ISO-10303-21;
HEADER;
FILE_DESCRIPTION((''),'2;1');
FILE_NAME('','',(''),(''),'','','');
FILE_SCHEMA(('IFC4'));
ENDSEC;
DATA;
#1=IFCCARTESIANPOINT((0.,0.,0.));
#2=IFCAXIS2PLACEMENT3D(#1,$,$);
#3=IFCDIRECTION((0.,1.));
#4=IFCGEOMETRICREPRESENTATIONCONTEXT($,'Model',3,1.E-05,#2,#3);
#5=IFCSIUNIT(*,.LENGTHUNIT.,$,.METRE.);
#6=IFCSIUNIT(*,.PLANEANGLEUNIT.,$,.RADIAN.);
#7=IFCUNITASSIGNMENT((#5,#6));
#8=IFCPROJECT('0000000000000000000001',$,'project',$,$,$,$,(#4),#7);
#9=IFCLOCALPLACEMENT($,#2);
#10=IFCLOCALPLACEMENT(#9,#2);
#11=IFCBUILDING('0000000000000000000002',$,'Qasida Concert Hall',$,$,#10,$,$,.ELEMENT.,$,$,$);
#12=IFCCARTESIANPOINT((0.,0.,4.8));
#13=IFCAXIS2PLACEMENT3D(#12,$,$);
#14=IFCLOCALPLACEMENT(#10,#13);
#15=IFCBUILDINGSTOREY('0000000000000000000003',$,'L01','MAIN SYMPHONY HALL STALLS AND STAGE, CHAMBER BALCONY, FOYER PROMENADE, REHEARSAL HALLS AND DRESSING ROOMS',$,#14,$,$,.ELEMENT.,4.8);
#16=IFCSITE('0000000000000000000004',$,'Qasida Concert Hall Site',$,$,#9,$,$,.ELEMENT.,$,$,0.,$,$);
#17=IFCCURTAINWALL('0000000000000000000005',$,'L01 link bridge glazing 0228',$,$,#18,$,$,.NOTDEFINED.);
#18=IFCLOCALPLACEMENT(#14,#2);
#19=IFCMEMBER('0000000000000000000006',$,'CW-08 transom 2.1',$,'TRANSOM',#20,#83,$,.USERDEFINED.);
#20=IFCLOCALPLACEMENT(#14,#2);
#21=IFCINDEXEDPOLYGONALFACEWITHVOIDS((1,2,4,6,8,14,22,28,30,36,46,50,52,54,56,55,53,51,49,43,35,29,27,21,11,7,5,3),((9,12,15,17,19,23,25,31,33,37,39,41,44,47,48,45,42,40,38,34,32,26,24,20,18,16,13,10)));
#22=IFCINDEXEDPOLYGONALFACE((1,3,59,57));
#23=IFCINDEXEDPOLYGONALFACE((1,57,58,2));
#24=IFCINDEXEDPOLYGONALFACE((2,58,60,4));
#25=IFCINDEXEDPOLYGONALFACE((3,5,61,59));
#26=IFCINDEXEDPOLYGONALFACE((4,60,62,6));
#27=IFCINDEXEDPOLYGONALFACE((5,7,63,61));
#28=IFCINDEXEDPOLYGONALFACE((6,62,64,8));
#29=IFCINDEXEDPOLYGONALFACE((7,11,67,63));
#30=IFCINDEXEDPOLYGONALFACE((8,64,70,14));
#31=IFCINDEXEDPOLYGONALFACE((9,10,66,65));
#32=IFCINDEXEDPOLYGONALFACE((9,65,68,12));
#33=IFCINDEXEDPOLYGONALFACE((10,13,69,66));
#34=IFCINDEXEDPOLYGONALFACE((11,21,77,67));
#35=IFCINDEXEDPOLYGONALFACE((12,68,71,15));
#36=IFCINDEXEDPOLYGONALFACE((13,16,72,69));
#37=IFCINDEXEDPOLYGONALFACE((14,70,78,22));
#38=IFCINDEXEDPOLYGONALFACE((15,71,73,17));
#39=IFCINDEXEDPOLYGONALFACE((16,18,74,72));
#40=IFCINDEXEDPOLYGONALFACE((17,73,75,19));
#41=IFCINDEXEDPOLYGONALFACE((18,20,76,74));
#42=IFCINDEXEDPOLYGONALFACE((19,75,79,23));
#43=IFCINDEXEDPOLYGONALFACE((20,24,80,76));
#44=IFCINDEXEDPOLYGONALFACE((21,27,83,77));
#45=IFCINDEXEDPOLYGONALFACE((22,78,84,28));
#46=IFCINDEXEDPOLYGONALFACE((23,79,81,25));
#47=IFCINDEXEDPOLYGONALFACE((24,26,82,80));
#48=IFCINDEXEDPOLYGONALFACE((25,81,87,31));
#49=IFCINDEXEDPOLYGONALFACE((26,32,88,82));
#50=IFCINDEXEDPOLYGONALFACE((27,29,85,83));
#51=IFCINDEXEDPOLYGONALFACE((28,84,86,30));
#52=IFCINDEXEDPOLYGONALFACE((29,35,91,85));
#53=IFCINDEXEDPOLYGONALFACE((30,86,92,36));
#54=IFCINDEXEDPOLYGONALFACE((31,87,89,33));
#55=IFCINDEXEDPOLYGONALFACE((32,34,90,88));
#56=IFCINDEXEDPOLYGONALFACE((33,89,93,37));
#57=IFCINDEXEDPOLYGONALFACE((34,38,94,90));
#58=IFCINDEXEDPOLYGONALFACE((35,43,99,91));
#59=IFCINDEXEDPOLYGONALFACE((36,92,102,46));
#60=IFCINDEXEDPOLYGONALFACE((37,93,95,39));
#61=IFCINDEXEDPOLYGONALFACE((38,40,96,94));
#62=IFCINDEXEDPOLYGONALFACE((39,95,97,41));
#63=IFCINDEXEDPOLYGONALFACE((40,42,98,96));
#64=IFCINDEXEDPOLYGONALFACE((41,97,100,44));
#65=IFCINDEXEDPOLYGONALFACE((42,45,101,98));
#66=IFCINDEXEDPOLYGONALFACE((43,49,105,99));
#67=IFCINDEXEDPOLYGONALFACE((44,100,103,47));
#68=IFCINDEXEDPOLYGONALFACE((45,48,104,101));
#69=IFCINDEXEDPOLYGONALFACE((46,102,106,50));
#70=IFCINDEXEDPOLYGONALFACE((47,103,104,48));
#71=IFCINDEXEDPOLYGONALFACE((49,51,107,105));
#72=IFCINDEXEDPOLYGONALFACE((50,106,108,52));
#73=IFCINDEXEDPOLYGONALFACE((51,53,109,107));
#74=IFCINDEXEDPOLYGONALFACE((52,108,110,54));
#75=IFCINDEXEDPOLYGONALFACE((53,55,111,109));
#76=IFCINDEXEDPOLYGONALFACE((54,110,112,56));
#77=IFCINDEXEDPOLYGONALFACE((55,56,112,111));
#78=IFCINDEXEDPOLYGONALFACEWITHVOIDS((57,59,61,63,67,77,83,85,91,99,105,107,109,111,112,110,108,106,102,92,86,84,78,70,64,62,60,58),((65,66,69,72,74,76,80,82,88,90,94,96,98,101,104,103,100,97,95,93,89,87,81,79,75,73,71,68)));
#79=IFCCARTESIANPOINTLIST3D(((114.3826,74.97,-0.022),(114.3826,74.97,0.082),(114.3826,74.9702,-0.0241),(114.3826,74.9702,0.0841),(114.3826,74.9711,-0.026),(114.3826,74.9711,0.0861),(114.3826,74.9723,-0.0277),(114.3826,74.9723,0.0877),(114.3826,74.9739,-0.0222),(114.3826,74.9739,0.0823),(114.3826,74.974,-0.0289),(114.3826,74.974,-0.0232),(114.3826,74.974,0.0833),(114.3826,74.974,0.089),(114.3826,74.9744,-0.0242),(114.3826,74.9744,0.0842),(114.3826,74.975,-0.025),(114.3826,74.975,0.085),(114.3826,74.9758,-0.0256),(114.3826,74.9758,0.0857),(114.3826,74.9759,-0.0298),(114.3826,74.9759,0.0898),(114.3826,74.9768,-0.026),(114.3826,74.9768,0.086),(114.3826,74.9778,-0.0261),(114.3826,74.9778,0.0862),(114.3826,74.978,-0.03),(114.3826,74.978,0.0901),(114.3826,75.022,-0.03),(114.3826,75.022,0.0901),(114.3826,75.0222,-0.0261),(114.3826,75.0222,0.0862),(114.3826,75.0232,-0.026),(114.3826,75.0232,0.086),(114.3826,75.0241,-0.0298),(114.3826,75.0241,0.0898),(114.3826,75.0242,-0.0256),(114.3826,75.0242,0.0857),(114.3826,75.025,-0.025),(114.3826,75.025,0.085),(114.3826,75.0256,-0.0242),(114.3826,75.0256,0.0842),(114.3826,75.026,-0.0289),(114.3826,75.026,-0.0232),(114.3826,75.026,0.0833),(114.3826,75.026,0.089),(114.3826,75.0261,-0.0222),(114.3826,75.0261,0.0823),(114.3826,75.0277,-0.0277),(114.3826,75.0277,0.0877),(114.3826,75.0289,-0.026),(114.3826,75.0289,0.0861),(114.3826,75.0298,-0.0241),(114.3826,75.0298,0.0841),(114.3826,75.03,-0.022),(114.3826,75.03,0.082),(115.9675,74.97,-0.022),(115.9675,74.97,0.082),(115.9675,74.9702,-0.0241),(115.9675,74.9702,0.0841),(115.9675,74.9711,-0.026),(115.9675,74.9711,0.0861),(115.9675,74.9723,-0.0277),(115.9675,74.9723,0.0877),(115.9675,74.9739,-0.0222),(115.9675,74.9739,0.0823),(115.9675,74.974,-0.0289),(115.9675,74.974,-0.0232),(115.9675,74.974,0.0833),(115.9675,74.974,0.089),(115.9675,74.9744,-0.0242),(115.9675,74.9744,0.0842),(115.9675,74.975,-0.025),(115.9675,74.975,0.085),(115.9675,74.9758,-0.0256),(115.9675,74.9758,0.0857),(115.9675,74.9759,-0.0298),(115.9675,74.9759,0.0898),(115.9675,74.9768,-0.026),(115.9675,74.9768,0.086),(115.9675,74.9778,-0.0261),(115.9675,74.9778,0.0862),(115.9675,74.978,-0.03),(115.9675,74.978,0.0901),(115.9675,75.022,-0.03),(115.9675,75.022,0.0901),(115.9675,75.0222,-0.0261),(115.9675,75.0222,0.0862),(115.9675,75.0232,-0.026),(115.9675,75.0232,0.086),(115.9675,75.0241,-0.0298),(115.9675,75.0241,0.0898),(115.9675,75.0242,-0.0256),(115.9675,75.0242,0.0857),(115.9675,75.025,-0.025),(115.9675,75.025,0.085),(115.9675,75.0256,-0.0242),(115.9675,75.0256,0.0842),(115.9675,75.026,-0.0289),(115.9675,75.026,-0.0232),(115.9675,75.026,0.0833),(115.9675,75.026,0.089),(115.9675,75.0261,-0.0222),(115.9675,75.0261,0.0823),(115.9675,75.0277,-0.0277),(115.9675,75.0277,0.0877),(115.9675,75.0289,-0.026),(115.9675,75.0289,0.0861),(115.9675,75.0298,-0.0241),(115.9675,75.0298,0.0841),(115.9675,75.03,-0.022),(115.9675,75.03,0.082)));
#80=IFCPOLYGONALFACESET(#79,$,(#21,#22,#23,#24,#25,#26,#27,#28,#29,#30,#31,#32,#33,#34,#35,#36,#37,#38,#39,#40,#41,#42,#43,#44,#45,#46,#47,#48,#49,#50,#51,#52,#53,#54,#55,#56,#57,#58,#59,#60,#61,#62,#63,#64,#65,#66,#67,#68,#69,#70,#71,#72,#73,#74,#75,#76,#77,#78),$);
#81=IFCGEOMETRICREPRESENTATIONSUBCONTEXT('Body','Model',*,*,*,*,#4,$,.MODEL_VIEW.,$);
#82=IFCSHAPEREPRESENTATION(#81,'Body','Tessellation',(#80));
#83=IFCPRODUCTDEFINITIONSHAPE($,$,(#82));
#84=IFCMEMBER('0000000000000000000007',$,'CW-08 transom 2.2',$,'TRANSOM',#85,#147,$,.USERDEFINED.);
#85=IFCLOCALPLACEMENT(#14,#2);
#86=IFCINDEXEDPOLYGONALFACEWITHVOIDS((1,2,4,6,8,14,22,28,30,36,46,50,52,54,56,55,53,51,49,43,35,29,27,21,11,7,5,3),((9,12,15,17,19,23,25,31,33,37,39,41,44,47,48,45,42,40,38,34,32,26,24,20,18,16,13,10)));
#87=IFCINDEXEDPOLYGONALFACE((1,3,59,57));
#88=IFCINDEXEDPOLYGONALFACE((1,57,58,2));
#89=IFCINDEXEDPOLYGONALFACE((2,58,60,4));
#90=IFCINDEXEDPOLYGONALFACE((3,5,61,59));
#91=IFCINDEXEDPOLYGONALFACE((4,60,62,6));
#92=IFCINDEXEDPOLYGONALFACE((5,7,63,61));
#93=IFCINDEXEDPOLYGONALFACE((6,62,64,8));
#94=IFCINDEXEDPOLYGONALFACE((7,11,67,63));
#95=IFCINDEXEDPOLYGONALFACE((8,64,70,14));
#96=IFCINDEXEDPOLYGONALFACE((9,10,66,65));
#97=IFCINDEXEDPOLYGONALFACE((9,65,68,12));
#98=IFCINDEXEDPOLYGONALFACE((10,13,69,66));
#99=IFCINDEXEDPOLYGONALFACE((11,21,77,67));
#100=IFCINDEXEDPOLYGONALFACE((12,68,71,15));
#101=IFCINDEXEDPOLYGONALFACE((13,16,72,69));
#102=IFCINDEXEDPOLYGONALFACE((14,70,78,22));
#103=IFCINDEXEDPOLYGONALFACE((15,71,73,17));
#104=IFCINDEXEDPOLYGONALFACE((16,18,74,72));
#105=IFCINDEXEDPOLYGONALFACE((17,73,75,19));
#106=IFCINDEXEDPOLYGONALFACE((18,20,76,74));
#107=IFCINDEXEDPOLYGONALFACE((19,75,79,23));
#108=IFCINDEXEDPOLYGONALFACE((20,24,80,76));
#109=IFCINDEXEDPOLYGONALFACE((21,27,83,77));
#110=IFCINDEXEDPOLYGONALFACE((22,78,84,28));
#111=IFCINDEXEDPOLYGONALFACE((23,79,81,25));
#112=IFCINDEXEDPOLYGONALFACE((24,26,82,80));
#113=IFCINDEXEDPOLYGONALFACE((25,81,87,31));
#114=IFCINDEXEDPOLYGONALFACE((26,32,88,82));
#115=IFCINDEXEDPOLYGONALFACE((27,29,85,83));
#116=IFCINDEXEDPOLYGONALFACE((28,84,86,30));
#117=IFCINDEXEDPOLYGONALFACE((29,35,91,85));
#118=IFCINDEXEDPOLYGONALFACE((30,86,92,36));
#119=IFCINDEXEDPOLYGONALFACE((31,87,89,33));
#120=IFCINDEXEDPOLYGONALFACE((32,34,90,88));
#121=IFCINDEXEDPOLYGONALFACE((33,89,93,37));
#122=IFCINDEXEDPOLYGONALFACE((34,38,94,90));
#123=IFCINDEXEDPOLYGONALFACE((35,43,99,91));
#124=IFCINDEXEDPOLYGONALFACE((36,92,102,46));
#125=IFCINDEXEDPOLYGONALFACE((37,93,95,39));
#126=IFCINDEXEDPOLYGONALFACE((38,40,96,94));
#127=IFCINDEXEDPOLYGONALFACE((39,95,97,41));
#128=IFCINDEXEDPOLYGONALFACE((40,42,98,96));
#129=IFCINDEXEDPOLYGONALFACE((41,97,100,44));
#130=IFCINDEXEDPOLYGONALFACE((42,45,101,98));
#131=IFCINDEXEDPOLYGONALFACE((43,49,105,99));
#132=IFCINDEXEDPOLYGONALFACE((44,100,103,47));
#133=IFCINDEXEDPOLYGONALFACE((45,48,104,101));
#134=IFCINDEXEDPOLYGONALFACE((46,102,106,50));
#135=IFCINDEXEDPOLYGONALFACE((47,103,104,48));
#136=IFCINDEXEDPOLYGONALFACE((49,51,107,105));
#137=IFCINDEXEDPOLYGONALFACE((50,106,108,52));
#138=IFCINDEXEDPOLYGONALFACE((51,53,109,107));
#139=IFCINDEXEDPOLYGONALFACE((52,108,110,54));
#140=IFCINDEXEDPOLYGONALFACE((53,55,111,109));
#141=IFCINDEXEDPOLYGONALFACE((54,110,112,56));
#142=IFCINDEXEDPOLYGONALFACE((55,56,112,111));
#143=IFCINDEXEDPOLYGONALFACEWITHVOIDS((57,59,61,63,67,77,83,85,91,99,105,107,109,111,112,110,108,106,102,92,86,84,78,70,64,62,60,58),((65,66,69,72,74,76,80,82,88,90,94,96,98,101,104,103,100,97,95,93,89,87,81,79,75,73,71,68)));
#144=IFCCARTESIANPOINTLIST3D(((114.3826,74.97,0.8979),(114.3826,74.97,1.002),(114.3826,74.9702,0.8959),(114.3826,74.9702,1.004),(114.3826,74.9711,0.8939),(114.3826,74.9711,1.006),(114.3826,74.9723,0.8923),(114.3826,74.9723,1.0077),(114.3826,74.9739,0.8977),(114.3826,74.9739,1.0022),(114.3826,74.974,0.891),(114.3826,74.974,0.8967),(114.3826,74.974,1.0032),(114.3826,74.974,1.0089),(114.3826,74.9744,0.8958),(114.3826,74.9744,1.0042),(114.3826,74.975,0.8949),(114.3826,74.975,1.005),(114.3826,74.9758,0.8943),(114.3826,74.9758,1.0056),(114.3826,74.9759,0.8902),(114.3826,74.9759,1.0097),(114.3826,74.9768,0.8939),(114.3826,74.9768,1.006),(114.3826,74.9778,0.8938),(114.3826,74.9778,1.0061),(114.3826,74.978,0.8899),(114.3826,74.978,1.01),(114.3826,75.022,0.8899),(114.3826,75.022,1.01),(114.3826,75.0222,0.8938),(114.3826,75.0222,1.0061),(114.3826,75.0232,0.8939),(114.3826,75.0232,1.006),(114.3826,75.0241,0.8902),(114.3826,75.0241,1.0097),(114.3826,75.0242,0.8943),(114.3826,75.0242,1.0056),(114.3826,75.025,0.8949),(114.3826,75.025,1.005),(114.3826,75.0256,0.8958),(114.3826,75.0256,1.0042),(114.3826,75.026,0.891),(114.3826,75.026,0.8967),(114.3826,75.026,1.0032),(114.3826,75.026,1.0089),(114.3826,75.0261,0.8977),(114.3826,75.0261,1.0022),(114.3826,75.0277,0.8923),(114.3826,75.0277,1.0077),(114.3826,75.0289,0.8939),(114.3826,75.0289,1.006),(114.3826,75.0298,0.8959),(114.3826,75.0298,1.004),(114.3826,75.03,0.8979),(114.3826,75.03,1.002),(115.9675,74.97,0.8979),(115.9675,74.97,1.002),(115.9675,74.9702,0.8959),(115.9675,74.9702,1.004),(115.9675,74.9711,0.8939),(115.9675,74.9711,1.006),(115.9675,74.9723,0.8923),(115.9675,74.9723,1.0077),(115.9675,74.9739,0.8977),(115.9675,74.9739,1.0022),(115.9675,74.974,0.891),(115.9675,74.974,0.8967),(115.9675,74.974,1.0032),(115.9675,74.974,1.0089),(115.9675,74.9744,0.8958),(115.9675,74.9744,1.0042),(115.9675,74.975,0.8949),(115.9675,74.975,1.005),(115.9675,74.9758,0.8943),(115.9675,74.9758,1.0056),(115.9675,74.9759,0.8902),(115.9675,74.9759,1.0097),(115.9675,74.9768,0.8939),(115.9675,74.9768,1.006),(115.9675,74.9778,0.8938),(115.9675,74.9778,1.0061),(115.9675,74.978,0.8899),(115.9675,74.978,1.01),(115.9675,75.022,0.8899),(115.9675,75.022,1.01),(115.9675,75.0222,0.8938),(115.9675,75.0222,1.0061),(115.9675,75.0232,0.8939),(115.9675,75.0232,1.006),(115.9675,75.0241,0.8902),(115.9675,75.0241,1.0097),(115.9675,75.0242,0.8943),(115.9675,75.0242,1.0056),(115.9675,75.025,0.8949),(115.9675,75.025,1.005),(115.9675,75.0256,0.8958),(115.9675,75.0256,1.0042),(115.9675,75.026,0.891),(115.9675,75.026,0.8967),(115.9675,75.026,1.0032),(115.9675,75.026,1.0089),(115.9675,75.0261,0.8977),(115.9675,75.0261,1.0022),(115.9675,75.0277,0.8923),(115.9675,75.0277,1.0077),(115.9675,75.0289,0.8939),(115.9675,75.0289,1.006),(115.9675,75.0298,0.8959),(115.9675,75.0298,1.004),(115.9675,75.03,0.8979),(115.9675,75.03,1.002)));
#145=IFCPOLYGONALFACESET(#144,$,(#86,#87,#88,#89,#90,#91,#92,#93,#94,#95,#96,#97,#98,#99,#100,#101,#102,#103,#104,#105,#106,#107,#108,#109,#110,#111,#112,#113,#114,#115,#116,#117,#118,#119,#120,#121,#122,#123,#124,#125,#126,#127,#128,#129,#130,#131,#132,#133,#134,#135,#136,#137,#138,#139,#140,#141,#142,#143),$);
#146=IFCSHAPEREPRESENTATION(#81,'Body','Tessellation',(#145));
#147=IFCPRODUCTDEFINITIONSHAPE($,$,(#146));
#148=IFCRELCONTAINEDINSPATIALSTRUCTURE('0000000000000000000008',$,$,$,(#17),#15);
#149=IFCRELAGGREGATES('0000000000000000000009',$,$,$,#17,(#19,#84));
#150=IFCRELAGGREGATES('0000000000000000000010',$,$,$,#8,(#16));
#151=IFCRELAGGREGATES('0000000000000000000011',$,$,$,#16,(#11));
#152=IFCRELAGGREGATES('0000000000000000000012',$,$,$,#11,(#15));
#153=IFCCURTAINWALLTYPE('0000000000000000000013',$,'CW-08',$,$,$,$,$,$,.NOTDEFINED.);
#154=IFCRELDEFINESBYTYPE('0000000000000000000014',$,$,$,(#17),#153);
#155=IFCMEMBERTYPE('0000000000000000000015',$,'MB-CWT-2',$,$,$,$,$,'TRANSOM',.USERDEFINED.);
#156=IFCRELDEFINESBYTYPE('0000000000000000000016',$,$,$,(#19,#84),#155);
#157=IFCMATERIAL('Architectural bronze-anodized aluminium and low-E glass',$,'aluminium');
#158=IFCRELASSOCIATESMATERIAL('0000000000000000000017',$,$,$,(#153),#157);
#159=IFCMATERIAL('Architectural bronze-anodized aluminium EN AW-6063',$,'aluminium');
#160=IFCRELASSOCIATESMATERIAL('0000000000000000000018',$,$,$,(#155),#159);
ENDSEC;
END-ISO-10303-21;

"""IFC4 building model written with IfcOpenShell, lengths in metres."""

from ifc_helpers import new_model, si_unit, direction, frame, origin, origin_2d, place, context, subcontext, project, spatial, hollow_rectangle, extrude, material, material_profile, profile_set, type_object, element, aggregate, save


model = new_model("IFC4")

# Units and contexts
model_context = context("Model", 3, precision=1e-05, world=origin(), true_north=direction((0.0, 1.0)))
body_context = subcontext(model_context, "Body", "Model", "MODEL_VIEW")
ifc_project = project(units=[si_unit("LENGTHUNIT", "METRE"), si_unit("PLANEANGLEUNIT", "RADIAN")], contexts=[model_context])

# Site, building, storey
site_placement = place(None, origin())
site = spatial("IfcSite", under=ifc_project, at=site_placement, Name="Qasida Concert Hall Site", CompositionType="ELEMENT", RefElevation=0.0)
building_placement = place(site_placement, origin())
building = spatial("IfcBuilding", under=site, at=building_placement, Name="Qasida Concert Hall", CompositionType="ELEMENT")
storey_placement = place(building_placement, frame((0.0, 0.0, 4.8)))
storey = spatial("IfcBuildingStorey", under=building, at=storey_placement, Name="L01", Description="MAIN SYMPHONY HALL STALLS AND STAGE, CHAMBER BALCONY, FOYER PROMENADE, REHEARSAL HALLS AND DRESSING ROOMS", CompositionType="ELEMENT", Elevation=4.8)

# Curtain wall, members
ifc_material_1 = material(Name="Architectural bronze-anodized aluminium and low-E glass", Category="aluminium")
curtain_wall_type = type_object("IfcCurtainWallType", Name="CW-08", PredefinedType="NOTDEFINED", material=ifc_material_1)
curtain_wall_placement = place(storey_placement, origin())
curtain_wall = element("IfcCurtainWall", 1, at=curtain_wall_placement, inside=storey, type_object=curtain_wall_type, Name="L01 link bridge glazing 0228", PredefinedType="NOTDEFINED")
ifc_material_2 = material(Name="Architectural bronze-anodized aluminium EN AW-6063", Category="aluminium")
ifc_material_profile_1 = material_profile(ifc_material_2, hollow_rectangle(XDim=0.0601, YDim=0.1201, WallThickness=0.0039, InnerFilletRadius=0.0039, OuterFilletRadius=0.0081, at=origin_2d()), Name="CWT 120x60x4")
ifc_profile_set_1 = profile_set([ifc_material_profile_1], Name="Architectural bronze-anodized aluminium EN AW-6063")
member_type_1 = type_object("IfcMemberType", Name="MB-CWT-2", ElementType="TRANSOM", PredefinedType="USERDEFINED", material=ifc_profile_set_1)
member_1_placement = place(storey_placement, frame((114.3826, 75.0, 0.03), z_axis=(1.0, 0.0, 0.0), x_axis=(0.0, 1.0, 0.0)))
member_1 = element("IfcMember", 2, at=member_1_placement, type_object=member_type_1, Name="CW-08 transom 2.1", ObjectType="TRANSOM", PredefinedType="USERDEFINED", context=body_context, shape_type="SweptSolid", body=[
    extrude(hollow_rectangle(XDim=0.0601, YDim=0.1201, WallThickness=0.0039, InnerFilletRadius=0.0039, OuterFilletRadius=0.0081, at=origin_2d()), origin(), (0.0, 0.0, 1.0), 1.585),
])
member_2_placement = place(storey_placement, frame((114.3826, 75.0, 0.95), z_axis=(1.0, 0.0, 0.0), x_axis=(0.0, 1.0, 0.0)))
member_2 = element("IfcMember", 3, at=member_2_placement, type_object=member_type_1, Name="CW-08 transom 2.2", ObjectType="TRANSOM", PredefinedType="USERDEFINED", context=body_context, shape_type="SweptSolid", body=[
    extrude(hollow_rectangle(XDim=0.0601, YDim=0.1201, WallThickness=0.0039, InnerFilletRadius=0.0039, OuterFilletRadius=0.0081, at=origin_2d()), origin(), (0.0, 0.0, 1.0), 1.585),
])
aggregate(curtain_wall, [member_1, member_2])

save(model, "model.ifc")
